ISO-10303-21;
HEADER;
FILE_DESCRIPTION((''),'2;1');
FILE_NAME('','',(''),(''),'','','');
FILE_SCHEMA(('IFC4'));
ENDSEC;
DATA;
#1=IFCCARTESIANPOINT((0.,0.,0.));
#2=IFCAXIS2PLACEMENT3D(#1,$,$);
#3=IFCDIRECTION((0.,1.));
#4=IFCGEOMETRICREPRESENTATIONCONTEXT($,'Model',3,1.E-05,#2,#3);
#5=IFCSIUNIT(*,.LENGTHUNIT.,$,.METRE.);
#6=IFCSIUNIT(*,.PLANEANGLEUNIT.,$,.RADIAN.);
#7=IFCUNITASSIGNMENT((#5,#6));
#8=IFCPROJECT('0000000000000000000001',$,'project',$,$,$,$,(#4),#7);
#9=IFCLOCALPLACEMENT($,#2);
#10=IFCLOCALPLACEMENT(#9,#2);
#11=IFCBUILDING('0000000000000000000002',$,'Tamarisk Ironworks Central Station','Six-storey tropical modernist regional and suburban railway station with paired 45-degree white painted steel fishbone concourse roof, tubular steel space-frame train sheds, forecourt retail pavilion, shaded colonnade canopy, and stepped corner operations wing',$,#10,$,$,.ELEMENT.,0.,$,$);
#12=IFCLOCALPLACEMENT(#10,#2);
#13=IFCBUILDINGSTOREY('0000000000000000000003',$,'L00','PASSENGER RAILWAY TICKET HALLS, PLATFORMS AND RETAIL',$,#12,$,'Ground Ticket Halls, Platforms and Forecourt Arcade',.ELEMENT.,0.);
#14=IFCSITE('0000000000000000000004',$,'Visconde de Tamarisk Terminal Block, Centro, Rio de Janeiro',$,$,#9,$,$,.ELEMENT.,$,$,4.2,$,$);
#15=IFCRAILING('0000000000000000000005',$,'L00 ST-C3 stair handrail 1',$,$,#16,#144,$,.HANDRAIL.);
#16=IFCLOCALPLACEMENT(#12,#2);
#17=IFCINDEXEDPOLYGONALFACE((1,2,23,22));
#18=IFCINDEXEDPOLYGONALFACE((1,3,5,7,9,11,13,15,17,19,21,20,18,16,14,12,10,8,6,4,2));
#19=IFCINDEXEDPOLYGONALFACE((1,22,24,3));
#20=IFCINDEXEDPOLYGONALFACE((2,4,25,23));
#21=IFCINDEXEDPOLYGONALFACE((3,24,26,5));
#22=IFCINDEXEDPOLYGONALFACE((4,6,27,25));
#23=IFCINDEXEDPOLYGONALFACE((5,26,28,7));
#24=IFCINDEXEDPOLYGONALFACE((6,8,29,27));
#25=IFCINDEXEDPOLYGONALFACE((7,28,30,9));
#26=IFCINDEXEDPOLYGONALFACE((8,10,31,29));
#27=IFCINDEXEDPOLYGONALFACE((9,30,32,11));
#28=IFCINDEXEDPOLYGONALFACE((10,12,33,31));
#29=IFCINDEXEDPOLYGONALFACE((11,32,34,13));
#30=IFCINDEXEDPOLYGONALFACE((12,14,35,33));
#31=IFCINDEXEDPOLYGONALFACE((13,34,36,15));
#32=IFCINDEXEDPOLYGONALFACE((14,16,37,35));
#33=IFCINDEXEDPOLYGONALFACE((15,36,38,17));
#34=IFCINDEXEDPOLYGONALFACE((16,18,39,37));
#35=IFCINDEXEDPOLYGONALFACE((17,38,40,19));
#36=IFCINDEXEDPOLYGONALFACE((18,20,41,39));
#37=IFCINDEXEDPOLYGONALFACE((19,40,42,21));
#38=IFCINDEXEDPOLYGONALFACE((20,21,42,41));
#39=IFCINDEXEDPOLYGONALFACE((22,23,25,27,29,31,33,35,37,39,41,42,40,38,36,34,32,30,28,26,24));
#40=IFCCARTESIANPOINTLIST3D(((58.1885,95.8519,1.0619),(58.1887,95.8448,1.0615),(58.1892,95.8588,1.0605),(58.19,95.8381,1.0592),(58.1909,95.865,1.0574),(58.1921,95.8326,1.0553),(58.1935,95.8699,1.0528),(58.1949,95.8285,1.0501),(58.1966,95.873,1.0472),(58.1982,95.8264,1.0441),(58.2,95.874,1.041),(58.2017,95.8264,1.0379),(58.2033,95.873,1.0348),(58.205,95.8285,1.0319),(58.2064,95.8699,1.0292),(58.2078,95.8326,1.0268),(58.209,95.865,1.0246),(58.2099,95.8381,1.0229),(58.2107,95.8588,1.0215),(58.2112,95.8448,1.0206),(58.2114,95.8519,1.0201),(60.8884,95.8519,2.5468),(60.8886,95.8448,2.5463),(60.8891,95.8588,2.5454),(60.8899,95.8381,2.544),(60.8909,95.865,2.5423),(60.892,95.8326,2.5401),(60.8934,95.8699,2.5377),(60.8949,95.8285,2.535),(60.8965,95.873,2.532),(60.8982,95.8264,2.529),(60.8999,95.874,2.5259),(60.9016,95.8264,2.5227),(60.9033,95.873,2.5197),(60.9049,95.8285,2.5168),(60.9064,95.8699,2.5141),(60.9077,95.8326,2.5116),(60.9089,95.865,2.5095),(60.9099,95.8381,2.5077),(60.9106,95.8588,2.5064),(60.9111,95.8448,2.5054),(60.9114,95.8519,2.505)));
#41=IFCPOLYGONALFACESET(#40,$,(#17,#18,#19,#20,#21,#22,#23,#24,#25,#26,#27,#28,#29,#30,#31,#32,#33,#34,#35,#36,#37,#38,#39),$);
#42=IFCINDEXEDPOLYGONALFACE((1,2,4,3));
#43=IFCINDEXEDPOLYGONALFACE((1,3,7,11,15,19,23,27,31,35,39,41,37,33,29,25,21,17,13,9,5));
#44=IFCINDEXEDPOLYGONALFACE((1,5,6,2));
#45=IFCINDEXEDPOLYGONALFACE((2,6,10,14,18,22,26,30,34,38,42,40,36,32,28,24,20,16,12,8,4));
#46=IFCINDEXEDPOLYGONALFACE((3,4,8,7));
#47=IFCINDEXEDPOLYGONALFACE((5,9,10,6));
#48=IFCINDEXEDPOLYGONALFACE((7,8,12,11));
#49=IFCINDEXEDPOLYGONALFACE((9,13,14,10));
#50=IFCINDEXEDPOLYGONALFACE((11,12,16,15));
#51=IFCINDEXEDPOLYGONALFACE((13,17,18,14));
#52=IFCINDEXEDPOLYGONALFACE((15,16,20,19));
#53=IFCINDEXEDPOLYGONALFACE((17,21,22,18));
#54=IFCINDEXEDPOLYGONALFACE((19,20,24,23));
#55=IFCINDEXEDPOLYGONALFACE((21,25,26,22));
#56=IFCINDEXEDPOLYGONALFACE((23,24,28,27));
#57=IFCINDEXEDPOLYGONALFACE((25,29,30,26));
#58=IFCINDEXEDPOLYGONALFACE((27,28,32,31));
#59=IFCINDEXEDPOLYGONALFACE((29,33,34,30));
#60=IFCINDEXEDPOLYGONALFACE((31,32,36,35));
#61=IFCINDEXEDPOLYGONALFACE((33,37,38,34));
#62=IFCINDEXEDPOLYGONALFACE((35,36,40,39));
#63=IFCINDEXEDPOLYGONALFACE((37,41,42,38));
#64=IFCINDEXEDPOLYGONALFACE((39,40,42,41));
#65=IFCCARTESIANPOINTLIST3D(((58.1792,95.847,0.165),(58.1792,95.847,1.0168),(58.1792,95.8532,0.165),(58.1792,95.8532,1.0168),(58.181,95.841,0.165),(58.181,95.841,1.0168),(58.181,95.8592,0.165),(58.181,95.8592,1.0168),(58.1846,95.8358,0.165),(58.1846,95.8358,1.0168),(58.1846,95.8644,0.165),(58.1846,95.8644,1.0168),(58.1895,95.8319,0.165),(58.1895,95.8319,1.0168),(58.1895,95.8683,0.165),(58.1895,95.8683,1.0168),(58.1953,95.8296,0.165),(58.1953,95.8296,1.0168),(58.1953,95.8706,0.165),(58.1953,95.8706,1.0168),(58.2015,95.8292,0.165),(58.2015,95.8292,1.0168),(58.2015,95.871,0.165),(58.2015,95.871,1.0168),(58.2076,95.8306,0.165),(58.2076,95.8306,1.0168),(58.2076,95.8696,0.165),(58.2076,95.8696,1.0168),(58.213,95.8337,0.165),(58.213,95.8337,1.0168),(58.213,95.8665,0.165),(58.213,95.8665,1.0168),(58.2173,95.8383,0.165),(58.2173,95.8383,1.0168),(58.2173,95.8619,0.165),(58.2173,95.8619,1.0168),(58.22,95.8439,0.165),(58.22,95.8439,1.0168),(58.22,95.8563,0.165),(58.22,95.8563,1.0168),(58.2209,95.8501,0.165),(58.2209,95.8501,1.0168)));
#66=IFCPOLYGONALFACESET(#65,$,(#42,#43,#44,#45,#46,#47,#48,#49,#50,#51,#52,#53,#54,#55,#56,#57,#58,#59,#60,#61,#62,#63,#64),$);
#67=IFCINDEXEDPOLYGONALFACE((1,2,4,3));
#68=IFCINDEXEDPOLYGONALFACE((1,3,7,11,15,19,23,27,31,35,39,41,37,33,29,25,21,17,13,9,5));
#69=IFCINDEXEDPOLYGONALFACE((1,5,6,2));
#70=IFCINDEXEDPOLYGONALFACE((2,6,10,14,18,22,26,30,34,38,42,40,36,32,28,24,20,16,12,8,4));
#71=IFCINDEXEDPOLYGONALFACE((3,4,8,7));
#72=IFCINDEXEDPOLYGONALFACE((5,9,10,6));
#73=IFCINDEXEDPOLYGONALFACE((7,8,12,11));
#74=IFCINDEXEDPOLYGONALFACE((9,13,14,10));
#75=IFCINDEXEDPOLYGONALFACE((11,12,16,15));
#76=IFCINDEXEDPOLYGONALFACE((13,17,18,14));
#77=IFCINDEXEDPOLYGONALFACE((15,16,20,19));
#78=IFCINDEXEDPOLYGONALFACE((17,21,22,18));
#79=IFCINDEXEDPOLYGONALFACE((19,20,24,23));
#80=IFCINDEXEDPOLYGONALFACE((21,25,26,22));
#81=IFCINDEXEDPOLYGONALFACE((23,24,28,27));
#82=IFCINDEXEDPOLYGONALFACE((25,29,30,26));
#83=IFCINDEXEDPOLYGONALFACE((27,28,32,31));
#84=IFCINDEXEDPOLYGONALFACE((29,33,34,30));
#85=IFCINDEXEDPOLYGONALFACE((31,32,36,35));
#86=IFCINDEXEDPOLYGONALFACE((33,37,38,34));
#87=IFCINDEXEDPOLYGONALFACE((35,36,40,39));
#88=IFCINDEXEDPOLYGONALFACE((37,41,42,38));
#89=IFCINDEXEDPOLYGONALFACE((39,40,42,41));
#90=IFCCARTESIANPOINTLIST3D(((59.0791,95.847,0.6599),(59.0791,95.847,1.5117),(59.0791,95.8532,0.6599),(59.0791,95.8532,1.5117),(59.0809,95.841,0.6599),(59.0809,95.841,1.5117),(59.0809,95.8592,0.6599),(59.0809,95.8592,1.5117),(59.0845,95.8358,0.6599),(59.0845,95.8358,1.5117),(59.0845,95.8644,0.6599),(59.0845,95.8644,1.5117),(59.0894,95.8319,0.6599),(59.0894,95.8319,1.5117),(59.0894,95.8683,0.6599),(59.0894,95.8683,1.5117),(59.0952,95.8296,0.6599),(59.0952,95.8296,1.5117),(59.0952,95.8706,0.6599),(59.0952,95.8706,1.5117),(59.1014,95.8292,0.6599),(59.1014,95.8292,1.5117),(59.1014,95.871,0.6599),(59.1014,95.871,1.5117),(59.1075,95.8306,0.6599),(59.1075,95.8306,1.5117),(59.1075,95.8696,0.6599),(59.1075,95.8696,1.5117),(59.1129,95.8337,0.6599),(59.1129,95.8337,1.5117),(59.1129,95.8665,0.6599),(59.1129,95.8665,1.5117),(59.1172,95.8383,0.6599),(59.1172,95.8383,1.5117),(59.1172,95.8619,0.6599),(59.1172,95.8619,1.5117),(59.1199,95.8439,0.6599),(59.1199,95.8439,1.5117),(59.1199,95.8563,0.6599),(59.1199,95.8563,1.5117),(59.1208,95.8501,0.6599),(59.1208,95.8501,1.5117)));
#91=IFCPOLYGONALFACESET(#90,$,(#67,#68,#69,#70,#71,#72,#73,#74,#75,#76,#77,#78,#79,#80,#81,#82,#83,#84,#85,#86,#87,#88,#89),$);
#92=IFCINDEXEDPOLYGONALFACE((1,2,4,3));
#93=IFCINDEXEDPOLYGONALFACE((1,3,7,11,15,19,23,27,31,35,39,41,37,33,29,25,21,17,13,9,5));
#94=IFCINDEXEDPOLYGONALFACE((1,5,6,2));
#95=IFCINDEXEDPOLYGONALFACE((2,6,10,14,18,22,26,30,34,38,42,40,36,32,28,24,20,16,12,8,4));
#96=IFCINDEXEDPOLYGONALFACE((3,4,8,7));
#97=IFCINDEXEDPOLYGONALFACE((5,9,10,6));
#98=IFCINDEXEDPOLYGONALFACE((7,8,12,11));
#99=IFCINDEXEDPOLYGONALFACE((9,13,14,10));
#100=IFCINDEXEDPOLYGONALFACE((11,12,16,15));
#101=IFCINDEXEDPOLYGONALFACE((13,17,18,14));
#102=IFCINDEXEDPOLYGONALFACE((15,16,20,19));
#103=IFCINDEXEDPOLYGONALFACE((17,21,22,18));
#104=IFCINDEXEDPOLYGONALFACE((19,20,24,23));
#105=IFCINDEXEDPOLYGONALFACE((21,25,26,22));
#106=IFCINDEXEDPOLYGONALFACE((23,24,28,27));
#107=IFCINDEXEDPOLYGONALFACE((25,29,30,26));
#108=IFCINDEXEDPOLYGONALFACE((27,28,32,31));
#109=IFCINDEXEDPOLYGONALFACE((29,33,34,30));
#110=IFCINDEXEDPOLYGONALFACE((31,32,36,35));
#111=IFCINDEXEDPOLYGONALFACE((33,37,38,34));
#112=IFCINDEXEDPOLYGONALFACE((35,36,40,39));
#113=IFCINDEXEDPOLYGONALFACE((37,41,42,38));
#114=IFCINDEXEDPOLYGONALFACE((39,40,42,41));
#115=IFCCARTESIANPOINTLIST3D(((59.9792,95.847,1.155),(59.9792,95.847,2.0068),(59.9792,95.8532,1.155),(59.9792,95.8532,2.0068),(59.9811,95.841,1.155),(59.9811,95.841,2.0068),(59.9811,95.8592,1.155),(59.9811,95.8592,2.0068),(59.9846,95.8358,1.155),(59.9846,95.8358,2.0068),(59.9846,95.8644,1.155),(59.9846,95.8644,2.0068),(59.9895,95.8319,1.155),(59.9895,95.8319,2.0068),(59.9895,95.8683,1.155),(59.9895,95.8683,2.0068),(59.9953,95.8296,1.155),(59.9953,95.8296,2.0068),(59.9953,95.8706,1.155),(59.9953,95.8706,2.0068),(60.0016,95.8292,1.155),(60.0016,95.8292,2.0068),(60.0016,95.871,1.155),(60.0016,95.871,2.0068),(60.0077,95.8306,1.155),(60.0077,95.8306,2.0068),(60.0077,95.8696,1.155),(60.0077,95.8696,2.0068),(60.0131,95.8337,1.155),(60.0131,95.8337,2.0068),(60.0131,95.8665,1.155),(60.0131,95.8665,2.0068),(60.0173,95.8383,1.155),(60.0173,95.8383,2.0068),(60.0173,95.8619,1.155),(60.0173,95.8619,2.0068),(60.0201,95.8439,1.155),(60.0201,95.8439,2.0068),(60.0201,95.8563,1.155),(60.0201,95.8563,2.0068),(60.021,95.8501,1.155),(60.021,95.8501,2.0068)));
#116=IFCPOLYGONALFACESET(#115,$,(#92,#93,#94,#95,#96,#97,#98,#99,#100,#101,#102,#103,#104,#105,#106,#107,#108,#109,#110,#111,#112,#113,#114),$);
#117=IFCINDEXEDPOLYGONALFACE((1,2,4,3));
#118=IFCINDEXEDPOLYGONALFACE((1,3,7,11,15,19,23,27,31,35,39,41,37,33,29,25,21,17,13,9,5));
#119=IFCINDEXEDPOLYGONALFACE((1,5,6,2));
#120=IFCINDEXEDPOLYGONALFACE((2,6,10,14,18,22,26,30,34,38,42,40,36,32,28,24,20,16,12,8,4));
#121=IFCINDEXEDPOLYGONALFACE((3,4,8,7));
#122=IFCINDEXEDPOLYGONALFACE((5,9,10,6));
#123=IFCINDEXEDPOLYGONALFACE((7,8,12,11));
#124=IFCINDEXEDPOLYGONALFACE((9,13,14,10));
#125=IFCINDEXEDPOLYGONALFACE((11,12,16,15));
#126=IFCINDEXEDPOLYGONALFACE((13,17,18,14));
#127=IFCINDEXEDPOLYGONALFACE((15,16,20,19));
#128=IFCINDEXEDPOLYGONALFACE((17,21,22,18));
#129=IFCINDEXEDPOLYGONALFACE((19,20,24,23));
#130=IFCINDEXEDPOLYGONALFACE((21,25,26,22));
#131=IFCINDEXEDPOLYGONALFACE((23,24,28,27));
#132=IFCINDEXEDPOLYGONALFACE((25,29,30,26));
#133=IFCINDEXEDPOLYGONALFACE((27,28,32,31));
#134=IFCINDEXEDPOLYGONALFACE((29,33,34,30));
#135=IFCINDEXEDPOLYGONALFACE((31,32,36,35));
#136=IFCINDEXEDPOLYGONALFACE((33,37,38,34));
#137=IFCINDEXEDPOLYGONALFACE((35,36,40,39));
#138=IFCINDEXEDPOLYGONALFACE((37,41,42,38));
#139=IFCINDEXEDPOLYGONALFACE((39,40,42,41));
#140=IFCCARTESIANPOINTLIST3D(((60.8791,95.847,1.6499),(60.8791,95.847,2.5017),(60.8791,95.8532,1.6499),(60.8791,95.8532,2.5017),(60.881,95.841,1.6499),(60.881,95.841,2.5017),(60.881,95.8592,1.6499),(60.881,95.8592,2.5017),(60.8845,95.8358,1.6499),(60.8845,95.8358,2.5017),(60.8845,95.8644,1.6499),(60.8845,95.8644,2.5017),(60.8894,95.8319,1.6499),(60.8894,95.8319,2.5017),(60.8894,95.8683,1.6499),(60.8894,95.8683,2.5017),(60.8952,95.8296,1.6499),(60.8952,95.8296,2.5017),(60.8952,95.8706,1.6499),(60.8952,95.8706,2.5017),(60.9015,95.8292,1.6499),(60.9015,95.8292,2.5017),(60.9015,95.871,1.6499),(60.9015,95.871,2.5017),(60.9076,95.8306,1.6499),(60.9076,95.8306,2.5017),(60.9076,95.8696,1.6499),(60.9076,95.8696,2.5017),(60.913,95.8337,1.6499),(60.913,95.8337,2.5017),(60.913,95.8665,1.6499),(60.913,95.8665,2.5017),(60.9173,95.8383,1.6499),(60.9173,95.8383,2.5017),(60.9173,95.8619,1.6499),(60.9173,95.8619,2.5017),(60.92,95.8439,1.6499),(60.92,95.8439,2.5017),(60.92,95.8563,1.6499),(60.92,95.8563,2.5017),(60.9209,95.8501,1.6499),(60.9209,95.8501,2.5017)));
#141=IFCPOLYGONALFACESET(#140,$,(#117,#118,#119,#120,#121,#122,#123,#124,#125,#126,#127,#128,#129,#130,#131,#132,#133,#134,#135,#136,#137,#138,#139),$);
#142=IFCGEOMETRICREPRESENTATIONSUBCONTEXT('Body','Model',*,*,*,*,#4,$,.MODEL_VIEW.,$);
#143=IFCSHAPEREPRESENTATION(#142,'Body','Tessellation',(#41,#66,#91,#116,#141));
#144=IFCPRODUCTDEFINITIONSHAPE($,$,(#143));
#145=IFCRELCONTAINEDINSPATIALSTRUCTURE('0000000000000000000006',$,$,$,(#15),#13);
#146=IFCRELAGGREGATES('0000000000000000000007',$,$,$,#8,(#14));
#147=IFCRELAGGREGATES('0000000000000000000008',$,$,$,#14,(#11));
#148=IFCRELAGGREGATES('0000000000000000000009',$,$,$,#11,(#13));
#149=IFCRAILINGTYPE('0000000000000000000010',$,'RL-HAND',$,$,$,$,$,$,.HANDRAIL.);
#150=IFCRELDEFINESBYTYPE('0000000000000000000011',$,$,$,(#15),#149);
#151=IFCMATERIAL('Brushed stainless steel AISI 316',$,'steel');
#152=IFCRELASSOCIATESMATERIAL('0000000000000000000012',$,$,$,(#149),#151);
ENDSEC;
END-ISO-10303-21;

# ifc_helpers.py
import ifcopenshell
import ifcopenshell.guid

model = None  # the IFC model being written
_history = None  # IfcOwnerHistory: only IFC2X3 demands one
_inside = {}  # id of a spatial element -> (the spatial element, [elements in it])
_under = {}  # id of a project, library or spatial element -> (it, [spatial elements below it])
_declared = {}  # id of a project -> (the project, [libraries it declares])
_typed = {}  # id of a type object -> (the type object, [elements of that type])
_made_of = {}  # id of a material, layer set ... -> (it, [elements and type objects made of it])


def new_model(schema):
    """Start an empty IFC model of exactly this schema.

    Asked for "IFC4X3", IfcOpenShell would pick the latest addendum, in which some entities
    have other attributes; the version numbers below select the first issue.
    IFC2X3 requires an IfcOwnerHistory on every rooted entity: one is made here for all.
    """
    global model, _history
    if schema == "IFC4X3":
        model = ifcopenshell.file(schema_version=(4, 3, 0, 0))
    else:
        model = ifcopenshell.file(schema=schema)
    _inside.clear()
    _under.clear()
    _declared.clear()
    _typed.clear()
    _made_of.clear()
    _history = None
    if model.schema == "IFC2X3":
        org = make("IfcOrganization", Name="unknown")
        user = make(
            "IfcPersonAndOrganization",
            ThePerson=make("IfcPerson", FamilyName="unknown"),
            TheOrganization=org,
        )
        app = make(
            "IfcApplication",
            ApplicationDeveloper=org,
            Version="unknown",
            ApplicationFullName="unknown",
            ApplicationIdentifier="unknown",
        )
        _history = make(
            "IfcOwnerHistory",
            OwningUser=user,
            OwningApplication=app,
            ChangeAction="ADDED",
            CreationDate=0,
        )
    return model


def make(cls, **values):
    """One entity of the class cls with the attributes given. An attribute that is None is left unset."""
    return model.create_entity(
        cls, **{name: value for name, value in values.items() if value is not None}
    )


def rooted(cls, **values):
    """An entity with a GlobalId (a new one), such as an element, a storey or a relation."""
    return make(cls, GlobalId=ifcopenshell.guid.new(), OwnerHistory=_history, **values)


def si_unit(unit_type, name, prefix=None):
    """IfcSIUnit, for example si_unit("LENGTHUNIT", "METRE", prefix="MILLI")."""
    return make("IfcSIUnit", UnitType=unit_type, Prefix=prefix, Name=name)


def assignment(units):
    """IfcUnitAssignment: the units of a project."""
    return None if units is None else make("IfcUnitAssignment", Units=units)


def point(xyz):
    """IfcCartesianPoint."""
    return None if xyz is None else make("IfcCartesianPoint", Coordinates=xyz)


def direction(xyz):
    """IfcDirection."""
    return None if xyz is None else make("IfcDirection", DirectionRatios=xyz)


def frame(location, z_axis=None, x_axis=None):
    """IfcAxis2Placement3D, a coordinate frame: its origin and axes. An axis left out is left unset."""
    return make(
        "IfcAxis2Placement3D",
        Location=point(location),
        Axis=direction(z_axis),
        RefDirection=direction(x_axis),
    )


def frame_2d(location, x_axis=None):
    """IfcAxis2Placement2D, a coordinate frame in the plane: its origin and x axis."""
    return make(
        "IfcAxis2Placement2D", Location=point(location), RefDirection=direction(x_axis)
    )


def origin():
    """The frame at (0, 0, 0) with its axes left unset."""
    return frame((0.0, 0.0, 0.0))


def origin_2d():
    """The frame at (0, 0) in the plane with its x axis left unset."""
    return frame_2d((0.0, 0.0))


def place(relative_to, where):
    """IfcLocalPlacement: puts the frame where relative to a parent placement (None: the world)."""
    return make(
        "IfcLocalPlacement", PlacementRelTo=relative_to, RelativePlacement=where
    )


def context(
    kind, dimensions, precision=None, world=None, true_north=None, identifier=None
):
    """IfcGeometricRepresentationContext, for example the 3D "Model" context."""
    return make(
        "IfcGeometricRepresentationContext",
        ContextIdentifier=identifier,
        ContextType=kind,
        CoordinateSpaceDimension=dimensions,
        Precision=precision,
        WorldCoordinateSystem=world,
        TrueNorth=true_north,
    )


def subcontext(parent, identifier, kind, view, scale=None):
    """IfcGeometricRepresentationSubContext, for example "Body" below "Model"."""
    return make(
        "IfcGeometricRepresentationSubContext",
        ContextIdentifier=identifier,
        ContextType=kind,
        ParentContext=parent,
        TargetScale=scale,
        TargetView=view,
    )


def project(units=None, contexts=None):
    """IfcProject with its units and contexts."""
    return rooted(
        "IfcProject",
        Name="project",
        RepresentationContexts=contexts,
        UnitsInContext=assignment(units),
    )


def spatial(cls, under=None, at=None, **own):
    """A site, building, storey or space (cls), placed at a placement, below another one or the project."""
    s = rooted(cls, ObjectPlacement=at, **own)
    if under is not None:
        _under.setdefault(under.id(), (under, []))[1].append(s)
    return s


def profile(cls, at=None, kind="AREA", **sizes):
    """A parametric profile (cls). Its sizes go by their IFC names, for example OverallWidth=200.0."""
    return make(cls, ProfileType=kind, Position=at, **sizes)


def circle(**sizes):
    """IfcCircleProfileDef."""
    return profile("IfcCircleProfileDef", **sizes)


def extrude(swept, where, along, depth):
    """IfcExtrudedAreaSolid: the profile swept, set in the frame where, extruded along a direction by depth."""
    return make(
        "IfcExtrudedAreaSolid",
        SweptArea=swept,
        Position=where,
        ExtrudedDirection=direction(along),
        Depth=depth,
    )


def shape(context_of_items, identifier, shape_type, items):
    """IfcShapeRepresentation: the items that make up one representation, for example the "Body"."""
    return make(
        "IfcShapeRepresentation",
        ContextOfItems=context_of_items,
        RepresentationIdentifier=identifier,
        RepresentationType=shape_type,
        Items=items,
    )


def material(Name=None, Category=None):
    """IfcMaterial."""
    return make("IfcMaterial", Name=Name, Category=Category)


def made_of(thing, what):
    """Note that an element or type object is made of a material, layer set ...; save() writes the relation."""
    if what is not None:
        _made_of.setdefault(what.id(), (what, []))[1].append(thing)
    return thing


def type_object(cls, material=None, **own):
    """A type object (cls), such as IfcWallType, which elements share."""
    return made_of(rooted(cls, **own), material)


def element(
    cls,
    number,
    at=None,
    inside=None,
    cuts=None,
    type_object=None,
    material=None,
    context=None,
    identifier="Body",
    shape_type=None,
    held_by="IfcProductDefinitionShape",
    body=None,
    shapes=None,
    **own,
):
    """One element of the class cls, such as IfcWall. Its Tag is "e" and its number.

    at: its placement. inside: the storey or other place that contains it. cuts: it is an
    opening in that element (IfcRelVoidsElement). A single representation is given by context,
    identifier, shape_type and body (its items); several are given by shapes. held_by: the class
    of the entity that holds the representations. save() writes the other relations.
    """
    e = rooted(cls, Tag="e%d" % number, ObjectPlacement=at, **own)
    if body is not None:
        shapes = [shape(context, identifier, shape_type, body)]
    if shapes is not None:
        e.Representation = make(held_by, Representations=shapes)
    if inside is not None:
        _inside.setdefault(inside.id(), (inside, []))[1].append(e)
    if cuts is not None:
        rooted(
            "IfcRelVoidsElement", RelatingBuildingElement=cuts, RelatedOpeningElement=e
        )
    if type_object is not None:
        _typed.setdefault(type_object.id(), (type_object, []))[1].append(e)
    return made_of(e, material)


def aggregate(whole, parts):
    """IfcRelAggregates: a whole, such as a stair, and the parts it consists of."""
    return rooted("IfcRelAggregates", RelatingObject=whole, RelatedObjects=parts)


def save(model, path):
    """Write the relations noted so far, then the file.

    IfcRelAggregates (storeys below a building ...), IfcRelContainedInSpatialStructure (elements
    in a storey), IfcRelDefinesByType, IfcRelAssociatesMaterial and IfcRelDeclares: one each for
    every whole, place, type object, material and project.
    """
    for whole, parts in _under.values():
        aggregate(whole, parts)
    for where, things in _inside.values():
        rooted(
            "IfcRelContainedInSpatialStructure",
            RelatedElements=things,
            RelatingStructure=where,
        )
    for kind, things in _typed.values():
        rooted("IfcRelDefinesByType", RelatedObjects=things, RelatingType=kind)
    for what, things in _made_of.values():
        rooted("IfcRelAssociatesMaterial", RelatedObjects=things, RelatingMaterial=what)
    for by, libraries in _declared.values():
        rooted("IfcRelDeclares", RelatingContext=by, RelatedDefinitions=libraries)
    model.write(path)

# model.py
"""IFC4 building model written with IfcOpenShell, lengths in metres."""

from ifc_helpers import new_model, si_unit, direction, frame, origin, origin_2d, place, context, subcontext, project, spatial, circle, extrude, material, type_object, element, save


model = new_model("IFC4")

# Units and contexts
model_context = context("Model", 3, precision=1e-05, world=origin(), true_north=direction((0.0, 1.0)))
body_context = subcontext(model_context, "Body", "Model", "MODEL_VIEW")
ifc_project = project(units=[si_unit("LENGTHUNIT", "METRE"), si_unit("PLANEANGLEUNIT", "RADIAN")], contexts=[model_context])

# Site, building, storey
site_placement = place(None, origin())
site = spatial("IfcSite", under=ifc_project, at=site_placement, Name="Visconde de Tamarisk Terminal Block, Centro, Rio de Janeiro", CompositionType="ELEMENT", RefElevation=4.2)
building_placement = place(site_placement, origin())
building = spatial("IfcBuilding", under=site, at=building_placement, Name="Tamarisk Ironworks Central Station", Description="Six-storey tropical modernist regional and suburban railway station with paired 45-degree white painted steel fishbone concourse roof, tubular steel space-frame train sheds, forecourt retail pavilion, shaded colonnade canopy, and stepped corner operations wing", CompositionType="ELEMENT", ElevationOfRefHeight=0.0)
storey_placement = place(building_placement, origin())
storey = spatial("IfcBuildingStorey", under=building, at=storey_placement, Name="L00", Description="PASSENGER RAILWAY TICKET HALLS, PLATFORMS AND RETAIL", LongName="Ground Ticket Halls, Platforms and Forecourt Arcade", CompositionType="ELEMENT", Elevation=0.0)

# Railing
ifc_material_1 = material(Name="Brushed stainless steel AISI 316", Category="steel")
railing_type_1 = type_object("IfcRailingType", Name="RL-HAND", PredefinedType="HANDRAIL", material=ifc_material_1)
for number, where, name in (
    (1, (58.2, 95.8501, 0.165), "L00 ST-C3 stair handrail 1"),
):
    element("IfcRailing", number, at=place(storey_placement, frame(where)), inside=storey, type_object=railing_type_1, Name=name, PredefinedType="HANDRAIL", context=body_context, shape_type="SweptSolid", body=[
        extrude(circle(Radius=0.0239, at=origin_2d()), frame((0.0, 0.0, 0.876), z_axis=(0.876231, 0.0, 0.481891), x_axis=(0.0, 1.0, 0.0)), (0.0, 0.0, 1.0), 3.0813),
        extrude(circle(Radius=0.021, at=origin_2d()), origin(), (0.0, 0.0, 1.0), 0.8518),
        extrude(circle(Radius=0.021, at=origin_2d()), frame((0.8999, 0.0, 0.4949)), (0.0, 0.0, 1.0), 0.8518),
        extrude(circle(Radius=0.021, at=origin_2d()), frame((1.8, 0.0, 0.99)), (0.0, 0.0, 1.0), 0.8518),
        extrude(circle(Radius=0.021, at=origin_2d()), frame((2.7, 0.0, 1.4849)), (0.0, 0.0, 1.0), 0.8518),
    ])

save(model, "model.ifc")
